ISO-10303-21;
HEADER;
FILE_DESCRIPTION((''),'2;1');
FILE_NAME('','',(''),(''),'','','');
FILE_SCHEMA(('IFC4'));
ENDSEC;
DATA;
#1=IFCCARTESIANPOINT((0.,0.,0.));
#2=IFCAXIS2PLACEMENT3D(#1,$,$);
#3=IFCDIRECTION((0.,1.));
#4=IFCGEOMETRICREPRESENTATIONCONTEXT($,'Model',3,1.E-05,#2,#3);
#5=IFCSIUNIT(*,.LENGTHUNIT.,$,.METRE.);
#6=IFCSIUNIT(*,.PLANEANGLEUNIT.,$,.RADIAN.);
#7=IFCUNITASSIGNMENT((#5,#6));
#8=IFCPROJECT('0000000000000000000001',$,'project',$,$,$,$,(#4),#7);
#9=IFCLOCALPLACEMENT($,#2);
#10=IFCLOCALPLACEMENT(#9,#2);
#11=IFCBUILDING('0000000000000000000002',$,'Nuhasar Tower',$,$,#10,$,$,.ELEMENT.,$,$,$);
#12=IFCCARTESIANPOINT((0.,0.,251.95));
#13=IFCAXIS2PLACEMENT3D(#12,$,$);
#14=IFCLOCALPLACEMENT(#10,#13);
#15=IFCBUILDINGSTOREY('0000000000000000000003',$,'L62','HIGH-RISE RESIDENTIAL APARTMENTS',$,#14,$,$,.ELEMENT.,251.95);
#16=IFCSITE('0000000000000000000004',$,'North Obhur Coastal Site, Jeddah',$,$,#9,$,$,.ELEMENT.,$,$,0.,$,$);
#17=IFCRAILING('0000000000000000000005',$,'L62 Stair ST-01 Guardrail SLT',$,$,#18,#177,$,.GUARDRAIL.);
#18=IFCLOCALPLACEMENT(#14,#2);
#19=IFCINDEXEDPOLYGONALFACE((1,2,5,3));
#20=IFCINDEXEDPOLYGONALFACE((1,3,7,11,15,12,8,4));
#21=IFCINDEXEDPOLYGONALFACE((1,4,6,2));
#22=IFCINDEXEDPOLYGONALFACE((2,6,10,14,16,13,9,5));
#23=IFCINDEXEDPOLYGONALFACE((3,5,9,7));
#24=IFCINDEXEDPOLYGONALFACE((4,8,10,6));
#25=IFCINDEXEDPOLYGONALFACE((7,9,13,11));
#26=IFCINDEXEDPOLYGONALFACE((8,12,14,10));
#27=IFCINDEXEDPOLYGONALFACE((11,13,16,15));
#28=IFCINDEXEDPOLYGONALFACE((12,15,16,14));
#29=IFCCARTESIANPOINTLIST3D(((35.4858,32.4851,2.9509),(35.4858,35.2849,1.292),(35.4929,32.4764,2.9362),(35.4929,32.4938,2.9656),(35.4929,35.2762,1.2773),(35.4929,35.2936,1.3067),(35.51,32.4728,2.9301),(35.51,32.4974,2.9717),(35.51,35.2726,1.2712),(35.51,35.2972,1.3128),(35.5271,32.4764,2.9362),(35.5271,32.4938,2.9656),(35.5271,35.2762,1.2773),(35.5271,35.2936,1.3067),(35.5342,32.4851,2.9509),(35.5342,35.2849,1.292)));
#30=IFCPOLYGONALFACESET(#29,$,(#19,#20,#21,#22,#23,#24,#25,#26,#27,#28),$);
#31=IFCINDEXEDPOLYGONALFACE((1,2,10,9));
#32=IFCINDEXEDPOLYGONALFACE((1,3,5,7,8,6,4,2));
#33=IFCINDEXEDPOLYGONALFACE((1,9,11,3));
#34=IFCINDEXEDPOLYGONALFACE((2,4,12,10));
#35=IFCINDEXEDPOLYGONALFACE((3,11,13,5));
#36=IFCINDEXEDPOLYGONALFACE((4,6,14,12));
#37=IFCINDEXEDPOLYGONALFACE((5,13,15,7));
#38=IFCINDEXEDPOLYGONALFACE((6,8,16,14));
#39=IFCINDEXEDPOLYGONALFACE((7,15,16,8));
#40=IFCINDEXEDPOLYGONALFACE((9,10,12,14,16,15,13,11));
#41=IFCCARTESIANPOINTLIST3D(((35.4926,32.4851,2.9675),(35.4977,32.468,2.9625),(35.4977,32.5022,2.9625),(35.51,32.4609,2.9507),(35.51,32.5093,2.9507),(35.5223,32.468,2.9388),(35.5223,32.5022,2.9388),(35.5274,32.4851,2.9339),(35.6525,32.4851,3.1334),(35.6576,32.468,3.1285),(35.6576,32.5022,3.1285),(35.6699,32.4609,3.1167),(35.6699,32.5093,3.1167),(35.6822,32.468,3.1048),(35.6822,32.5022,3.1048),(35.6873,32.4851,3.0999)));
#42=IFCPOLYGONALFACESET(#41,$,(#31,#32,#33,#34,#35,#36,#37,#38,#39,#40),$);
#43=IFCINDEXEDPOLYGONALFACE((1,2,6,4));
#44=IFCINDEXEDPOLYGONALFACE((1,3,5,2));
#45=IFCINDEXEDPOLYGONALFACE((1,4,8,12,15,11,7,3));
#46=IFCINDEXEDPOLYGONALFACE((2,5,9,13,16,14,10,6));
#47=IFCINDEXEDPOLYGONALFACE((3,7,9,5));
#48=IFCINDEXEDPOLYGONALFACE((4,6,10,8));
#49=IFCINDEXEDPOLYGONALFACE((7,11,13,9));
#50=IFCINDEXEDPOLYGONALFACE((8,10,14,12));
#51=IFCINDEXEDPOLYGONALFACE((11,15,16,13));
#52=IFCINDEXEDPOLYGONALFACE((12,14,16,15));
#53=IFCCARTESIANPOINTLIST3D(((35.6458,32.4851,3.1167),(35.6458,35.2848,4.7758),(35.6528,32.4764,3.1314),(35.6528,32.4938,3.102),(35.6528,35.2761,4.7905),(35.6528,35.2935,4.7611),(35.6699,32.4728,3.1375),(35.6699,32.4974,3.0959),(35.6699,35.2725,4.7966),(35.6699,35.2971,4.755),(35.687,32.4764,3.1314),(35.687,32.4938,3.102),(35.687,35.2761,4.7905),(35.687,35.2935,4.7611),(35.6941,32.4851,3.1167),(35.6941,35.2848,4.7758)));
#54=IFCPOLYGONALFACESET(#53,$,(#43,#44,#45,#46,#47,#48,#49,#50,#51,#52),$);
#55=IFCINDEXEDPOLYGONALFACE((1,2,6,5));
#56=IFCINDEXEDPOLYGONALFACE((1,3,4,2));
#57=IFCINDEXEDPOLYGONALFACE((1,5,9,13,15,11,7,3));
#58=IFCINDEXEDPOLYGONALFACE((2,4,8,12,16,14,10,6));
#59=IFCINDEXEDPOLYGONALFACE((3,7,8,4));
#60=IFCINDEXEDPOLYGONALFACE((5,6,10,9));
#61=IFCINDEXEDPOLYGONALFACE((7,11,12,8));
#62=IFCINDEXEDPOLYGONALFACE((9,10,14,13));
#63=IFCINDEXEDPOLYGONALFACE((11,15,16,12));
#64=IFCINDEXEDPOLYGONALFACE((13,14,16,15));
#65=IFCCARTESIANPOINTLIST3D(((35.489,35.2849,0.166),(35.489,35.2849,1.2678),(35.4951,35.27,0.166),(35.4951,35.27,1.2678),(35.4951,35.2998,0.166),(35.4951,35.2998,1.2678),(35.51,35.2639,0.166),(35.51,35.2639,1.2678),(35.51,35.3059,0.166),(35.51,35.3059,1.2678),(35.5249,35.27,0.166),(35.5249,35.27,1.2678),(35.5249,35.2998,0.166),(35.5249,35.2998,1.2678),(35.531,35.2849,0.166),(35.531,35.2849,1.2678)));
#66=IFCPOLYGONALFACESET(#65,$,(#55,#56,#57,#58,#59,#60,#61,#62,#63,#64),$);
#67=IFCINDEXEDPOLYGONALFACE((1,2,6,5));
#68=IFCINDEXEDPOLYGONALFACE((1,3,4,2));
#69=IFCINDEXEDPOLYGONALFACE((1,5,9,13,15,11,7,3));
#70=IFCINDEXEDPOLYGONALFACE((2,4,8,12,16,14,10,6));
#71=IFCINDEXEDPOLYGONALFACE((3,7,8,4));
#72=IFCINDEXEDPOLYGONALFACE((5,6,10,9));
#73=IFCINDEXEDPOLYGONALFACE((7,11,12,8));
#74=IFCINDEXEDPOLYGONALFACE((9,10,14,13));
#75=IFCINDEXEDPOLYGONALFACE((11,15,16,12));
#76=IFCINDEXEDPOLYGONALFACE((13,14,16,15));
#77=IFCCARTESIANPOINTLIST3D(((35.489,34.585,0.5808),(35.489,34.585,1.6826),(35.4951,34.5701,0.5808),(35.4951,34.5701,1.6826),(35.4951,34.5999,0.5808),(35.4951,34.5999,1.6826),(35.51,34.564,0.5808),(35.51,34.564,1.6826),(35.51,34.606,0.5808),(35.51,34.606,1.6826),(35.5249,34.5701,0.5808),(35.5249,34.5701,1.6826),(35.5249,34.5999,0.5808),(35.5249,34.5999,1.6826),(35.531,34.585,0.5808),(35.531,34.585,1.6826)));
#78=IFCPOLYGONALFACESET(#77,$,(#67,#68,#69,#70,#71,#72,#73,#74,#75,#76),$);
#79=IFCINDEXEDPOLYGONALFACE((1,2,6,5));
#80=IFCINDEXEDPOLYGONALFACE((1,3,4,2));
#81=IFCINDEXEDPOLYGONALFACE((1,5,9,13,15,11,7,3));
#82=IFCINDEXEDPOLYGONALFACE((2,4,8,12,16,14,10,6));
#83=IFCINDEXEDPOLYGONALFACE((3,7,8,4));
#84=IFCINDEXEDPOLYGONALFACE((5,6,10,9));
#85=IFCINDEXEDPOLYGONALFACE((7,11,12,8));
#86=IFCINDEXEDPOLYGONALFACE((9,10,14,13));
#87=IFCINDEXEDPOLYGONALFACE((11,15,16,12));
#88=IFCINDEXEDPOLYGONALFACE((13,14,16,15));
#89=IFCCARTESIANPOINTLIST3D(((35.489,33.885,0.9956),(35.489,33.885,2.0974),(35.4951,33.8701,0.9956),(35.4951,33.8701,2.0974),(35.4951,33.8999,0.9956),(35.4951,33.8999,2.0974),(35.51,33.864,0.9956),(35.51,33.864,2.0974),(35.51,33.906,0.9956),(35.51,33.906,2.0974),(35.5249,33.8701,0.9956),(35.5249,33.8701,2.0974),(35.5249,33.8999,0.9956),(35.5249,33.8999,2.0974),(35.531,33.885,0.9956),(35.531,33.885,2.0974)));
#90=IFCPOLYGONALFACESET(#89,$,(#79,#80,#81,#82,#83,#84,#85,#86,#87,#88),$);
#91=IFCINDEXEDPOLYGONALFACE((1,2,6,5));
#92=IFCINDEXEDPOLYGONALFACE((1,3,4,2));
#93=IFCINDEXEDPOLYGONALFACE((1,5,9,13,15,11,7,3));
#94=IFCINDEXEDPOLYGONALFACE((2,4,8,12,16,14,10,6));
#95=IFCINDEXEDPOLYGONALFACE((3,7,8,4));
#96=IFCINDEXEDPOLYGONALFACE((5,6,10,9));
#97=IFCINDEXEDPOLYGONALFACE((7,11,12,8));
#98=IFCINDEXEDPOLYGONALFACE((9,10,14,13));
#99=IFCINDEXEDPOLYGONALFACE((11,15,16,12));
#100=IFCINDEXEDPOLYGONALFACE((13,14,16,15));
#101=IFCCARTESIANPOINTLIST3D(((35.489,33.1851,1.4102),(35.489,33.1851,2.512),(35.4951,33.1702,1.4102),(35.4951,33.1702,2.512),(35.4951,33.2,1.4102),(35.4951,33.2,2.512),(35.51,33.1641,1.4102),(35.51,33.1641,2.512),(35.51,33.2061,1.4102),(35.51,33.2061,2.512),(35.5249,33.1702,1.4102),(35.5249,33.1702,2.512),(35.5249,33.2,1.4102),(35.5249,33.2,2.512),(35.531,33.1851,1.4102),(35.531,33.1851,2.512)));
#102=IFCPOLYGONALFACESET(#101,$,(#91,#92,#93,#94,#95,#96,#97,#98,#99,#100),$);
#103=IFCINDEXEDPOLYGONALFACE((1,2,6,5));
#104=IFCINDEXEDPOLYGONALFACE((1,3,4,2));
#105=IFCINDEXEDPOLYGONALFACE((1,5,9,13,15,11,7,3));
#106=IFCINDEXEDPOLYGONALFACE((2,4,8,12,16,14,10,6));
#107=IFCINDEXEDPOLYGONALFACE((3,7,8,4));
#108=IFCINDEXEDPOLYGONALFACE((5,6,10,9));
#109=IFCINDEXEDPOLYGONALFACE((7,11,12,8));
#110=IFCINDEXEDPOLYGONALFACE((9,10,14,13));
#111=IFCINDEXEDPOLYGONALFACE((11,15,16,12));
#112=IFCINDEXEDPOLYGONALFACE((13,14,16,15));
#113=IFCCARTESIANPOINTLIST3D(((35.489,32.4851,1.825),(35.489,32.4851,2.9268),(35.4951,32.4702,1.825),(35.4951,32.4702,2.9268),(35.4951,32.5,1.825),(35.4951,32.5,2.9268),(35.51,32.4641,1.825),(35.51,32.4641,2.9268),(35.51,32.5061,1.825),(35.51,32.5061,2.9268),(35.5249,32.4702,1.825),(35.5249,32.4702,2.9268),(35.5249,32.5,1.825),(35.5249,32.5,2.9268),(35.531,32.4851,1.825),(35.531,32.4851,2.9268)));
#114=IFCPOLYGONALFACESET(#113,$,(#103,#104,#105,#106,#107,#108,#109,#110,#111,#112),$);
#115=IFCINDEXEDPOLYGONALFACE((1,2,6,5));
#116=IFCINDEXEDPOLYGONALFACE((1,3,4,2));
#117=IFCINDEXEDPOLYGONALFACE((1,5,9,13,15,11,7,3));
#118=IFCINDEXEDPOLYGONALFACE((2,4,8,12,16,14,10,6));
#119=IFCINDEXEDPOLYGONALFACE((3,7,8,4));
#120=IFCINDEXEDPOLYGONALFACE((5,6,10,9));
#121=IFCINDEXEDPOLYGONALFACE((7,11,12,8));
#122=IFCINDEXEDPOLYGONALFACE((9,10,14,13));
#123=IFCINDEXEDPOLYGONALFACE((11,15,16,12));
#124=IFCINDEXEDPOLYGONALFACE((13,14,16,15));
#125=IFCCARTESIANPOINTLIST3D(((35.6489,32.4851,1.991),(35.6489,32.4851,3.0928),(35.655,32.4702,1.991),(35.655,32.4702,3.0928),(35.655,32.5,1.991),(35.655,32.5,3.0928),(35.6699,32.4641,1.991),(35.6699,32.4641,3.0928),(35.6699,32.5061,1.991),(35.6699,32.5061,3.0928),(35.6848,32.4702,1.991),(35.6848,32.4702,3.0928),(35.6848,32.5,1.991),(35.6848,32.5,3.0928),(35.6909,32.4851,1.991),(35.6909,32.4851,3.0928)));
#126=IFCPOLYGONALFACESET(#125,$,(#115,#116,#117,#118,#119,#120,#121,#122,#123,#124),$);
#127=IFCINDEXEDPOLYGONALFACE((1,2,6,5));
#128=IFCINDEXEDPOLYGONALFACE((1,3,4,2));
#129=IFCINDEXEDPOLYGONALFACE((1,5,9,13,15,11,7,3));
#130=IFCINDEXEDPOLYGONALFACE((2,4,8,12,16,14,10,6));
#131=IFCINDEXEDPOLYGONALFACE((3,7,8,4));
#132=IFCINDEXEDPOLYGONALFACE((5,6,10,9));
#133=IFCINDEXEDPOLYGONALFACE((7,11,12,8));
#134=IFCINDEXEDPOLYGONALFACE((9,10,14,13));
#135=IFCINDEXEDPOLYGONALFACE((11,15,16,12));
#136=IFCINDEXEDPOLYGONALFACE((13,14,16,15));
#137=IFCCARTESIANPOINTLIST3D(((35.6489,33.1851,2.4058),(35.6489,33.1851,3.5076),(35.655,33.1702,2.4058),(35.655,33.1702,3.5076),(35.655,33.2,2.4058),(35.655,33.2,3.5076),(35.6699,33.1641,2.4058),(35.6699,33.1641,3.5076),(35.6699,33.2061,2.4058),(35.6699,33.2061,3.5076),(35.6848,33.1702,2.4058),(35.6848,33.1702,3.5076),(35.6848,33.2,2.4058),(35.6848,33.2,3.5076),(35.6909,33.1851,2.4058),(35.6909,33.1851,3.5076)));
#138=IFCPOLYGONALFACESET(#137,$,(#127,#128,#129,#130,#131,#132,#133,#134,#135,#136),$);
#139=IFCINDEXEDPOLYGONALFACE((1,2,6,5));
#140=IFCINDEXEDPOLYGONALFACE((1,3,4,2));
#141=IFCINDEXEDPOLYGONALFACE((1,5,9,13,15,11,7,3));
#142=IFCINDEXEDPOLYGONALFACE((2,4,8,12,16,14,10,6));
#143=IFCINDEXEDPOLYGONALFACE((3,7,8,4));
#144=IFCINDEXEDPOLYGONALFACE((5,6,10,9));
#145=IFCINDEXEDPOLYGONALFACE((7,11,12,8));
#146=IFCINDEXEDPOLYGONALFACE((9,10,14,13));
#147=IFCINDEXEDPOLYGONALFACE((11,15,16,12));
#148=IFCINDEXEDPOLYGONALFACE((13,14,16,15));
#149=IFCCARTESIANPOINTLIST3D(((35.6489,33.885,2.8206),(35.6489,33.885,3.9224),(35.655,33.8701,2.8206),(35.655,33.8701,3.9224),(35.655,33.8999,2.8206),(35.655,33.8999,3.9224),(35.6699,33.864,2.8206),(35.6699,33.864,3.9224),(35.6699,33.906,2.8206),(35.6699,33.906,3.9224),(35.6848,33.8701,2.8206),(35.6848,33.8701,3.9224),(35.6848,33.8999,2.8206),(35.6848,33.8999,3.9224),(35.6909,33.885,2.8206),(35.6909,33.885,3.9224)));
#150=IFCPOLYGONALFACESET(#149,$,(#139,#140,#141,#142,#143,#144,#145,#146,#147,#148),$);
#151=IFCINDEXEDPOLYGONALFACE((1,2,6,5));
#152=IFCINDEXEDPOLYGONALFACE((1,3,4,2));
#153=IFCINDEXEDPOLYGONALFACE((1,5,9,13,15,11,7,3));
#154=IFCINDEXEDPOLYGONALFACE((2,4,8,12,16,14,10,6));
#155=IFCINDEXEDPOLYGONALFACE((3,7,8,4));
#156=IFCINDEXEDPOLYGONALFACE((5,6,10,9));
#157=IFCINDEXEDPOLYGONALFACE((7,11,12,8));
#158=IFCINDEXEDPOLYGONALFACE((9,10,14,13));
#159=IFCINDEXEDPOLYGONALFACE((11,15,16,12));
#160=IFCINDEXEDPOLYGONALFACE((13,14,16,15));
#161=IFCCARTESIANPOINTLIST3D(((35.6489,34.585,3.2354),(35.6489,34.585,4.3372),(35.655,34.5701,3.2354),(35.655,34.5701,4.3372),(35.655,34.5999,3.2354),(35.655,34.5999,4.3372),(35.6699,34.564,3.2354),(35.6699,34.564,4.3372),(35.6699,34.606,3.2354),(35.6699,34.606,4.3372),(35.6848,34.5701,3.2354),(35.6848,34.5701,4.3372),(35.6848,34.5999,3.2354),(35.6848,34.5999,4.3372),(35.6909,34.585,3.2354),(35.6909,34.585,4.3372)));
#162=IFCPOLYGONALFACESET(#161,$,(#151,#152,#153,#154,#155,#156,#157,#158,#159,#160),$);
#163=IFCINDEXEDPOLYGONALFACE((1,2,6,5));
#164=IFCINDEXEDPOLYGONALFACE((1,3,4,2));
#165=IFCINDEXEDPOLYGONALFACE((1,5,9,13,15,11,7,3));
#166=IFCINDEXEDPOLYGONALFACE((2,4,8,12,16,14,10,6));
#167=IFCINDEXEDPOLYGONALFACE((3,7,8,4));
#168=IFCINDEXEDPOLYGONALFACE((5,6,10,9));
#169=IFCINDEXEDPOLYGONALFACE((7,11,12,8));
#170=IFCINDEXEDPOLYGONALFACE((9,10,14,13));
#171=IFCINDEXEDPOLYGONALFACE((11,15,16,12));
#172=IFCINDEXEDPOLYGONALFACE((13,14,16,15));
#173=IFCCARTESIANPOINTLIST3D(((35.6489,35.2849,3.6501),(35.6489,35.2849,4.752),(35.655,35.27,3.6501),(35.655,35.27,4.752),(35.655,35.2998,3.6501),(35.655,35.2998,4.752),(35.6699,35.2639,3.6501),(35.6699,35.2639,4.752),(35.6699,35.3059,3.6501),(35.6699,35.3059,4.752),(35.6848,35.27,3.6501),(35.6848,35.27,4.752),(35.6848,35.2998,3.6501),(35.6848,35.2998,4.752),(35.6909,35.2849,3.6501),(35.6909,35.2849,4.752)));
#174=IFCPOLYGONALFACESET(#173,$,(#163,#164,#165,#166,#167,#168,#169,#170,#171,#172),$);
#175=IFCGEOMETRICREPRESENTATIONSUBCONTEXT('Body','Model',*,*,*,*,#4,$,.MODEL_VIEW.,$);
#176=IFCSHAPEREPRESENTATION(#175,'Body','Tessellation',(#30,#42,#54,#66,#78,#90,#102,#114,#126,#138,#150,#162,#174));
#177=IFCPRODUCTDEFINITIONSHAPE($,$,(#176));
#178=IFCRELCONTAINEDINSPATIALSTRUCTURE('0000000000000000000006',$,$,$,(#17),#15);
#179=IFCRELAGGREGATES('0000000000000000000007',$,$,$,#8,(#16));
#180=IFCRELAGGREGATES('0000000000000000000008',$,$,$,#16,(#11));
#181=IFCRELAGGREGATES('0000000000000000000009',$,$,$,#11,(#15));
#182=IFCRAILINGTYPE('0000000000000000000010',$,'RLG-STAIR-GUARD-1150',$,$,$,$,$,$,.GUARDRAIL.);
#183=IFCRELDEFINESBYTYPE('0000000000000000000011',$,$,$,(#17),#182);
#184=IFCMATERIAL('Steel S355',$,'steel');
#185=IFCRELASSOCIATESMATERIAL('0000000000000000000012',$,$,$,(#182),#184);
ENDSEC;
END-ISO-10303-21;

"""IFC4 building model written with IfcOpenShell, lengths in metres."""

from ifc_helpers import new_model, si_unit, direction, frame, origin, place, context, subcontext, project, spatial, polyline, outline, extrude, material, type_object, element, save


model = new_model("IFC4")

# Units and contexts
model_context = context("Model", 3, precision=1e-05, world=origin(), true_north=direction((0.0, 1.0)))
body_context = subcontext(model_context, "Body", "Model", "MODEL_VIEW")
ifc_project = project(units=[si_unit("LENGTHUNIT", "METRE"), si_unit("PLANEANGLEUNIT", "RADIAN")], contexts=[model_context])

# Site, building, storey
site_placement = place(None, origin())
site = spatial("IfcSite", under=ifc_project, at=site_placement, Name="North Obhur Coastal Site, Jeddah", CompositionType="ELEMENT", RefElevation=0.0)
building_placement = place(site_placement, origin())
building = spatial("IfcBuilding", under=site, at=building_placement, Name="Nuhasar Tower", CompositionType="ELEMENT")
storey_placement = place(building_placement, frame((0.0, 0.0, 251.95)))
storey = spatial("IfcBuildingStorey", under=building, at=storey_placement, Name="L62", Description="HIGH-RISE RESIDENTIAL APARTMENTS", CompositionType="ELEMENT", Elevation=251.95)

# Shared definitions
ifc_material_1 = material(Name="Steel S355", Category="steel")

# Railing
railing_type_1 = type_object("IfcRailingType", Name="RLG-STAIR-GUARD-1150", PredefinedType="GUARDRAIL", material=ifc_material_1)
railing_1_placement = place(storey_placement, frame((35.51, 35.2849, 0.166)))
element("IfcRailing", 1, at=railing_1_placement, inside=storey, type_object=railing_type_1, Name="L62 Stair ST-01 Guardrail SLT", PredefinedType="GUARDRAIL", context=body_context, shape_type="SweptSolid", body=[
    extrude(outline(polyline([(0.0242, 0.0), (0.0171, 0.0171), (0.0, 0.0242), (-0.0171, 0.0171), (-0.0242, 0.0), (-0.0171, -0.0171), (0.0, -0.0242), (0.0171, -0.0171), (0.0242, 0.0)])), frame((0.0, 0.0, 1.126), z_axis=(0.0, -0.86032, 0.509755), x_axis=(1.0, 0.0, 0.0)), (0.0, 0.0, 1.0), 3.2544),
    extrude(outline(polyline([(0.0242, 0.0), (0.0171, 0.0171), (0.0, 0.0242), (-0.0171, 0.0171), (-0.0242, 0.0), (-0.0171, -0.0171), (0.0, -0.0242), (0.0171, -0.0171), (0.0242, 0.0)])), frame((0.0, -2.7998, 2.7847), z_axis=(0.693743, 0.0, 0.720222), x_axis=(0.0, 1.0, 0.0)), (0.0, 0.0, 1.0), 0.2305),
    extrude(outline(polyline([(0.0242, 0.0), (0.0171, 0.0171), (0.0, 0.0242), (-0.0171, 0.0171), (-0.0242, 0.0), (-0.0171, -0.0171), (0.0, -0.0242), (0.0171, -0.0171), (0.0242, 0.0)])), frame((0.1599, -2.7998, 2.9507), z_axis=(0.0, 0.860287, 0.509811), x_axis=(-1.0, 0.0, 0.0)), (0.0, 0.0, 1.0), 3.2544),
    extrude(outline(polyline([(0.021, 0.0), (0.0149, 0.0149), (0.0, 0.021), (-0.0149, 0.0149), (-0.021, 0.0), (-0.0149, -0.0149), (0.0, -0.021), (0.0149, -0.0149), (0.021, 0.0)])), origin(), (0.0, 0.0, 1.0), 1.1018),
    extrude(outline(polyline([(0.021, 0.0), (0.0149, 0.0149), (0.0, 0.021), (-0.0149, 0.0149), (-0.021, 0.0), (-0.0149, -0.0149), (0.0, -0.021), (0.0149, -0.0149), (0.021, 0.0)])), frame((0.0, -0.7, 0.4148)), (0.0, 0.0, 1.0), 1.1018),
    extrude(outline(polyline([(0.021, 0.0), (0.0149, 0.0149), (0.0, 0.021), (-0.0149, 0.0149), (-0.021, 0.0), (-0.0149, -0.0149), (0.0, -0.021), (0.0149, -0.0149), (0.021, 0.0)])), frame((0.0, -1.3999, 0.8296)), (0.0, 0.0, 1.0), 1.1018),
    extrude(outline(polyline([(0.021, 0.0), (0.0149, 0.0149), (0.0, 0.021), (-0.0149, 0.0149), (-0.021, 0.0), (-0.0149, -0.0149), (0.0, -0.021), (0.0149, -0.0149), (0.021, 0.0)])), frame((0.0, -2.0999, 1.2441)), (0.0, 0.0, 1.0), 1.1018),
    extrude(outline(polyline([(0.021, 0.0), (0.0149, 0.0149), (0.0, 0.021), (-0.0149, 0.0149), (-0.021, 0.0), (-0.0149, -0.0149), (0.0, -0.021), (0.0149, -0.0149), (0.021, 0.0)])), frame((0.0, -2.7998, 1.6589)), (0.0, 0.0, 1.0), 1.1018),
    extrude(outline(polyline([(0.021, 0.0), (0.0149, 0.0149), (0.0, 0.021), (-0.0149, 0.0149), (-0.021, 0.0), (-0.0149, -0.0149), (0.0, -0.021), (0.0149, -0.0149), (0.021, 0.0)])), frame((0.1599, -2.7998, 1.825)), (0.0, 0.0, 1.0), 1.1018),
    extrude(outline(polyline([(0.021, 0.0), (0.0149, 0.0149), (0.0, 0.021), (-0.0149, 0.0149), (-0.021, 0.0), (-0.0149, -0.0149), (0.0, -0.021), (0.0149, -0.0149), (0.021, 0.0)])), frame((0.1599, -2.0999, 2.2397)), (0.0, 0.0, 1.0), 1.1018),
    extrude(outline(polyline([(0.021, 0.0), (0.0149, 0.0149), (0.0, 0.021), (-0.0149, 0.0149), (-0.021, 0.0), (-0.0149, -0.0149), (0.0, -0.021), (0.0149, -0.0149), (0.021, 0.0)])), frame((0.1599, -1.3999, 2.6545)), (0.0, 0.0, 1.0), 1.1018),
    extrude(outline(polyline([(0.021, 0.0), (0.0149, 0.0149), (0.0, 0.021), (-0.0149, 0.0149), (-0.021, 0.0), (-0.0149, -0.0149), (0.0, -0.021), (0.0149, -0.0149), (0.021, 0.0)])), frame((0.1599, -0.7, 3.0693)), (0.0, 0.0, 1.0), 1.1018),
    extrude(outline(polyline([(0.021, 0.0), (0.0149, 0.0149), (0.0, 0.021), (-0.0149, 0.0149), (-0.021, 0.0), (-0.0149, -0.0149), (0.0, -0.021), (0.0149, -0.0149), (0.021, 0.0)])), frame((0.1599, 0.0, 3.4841)), (0.0, 0.0, 1.0), 1.1018),
])

save(model, "model.ifc")
